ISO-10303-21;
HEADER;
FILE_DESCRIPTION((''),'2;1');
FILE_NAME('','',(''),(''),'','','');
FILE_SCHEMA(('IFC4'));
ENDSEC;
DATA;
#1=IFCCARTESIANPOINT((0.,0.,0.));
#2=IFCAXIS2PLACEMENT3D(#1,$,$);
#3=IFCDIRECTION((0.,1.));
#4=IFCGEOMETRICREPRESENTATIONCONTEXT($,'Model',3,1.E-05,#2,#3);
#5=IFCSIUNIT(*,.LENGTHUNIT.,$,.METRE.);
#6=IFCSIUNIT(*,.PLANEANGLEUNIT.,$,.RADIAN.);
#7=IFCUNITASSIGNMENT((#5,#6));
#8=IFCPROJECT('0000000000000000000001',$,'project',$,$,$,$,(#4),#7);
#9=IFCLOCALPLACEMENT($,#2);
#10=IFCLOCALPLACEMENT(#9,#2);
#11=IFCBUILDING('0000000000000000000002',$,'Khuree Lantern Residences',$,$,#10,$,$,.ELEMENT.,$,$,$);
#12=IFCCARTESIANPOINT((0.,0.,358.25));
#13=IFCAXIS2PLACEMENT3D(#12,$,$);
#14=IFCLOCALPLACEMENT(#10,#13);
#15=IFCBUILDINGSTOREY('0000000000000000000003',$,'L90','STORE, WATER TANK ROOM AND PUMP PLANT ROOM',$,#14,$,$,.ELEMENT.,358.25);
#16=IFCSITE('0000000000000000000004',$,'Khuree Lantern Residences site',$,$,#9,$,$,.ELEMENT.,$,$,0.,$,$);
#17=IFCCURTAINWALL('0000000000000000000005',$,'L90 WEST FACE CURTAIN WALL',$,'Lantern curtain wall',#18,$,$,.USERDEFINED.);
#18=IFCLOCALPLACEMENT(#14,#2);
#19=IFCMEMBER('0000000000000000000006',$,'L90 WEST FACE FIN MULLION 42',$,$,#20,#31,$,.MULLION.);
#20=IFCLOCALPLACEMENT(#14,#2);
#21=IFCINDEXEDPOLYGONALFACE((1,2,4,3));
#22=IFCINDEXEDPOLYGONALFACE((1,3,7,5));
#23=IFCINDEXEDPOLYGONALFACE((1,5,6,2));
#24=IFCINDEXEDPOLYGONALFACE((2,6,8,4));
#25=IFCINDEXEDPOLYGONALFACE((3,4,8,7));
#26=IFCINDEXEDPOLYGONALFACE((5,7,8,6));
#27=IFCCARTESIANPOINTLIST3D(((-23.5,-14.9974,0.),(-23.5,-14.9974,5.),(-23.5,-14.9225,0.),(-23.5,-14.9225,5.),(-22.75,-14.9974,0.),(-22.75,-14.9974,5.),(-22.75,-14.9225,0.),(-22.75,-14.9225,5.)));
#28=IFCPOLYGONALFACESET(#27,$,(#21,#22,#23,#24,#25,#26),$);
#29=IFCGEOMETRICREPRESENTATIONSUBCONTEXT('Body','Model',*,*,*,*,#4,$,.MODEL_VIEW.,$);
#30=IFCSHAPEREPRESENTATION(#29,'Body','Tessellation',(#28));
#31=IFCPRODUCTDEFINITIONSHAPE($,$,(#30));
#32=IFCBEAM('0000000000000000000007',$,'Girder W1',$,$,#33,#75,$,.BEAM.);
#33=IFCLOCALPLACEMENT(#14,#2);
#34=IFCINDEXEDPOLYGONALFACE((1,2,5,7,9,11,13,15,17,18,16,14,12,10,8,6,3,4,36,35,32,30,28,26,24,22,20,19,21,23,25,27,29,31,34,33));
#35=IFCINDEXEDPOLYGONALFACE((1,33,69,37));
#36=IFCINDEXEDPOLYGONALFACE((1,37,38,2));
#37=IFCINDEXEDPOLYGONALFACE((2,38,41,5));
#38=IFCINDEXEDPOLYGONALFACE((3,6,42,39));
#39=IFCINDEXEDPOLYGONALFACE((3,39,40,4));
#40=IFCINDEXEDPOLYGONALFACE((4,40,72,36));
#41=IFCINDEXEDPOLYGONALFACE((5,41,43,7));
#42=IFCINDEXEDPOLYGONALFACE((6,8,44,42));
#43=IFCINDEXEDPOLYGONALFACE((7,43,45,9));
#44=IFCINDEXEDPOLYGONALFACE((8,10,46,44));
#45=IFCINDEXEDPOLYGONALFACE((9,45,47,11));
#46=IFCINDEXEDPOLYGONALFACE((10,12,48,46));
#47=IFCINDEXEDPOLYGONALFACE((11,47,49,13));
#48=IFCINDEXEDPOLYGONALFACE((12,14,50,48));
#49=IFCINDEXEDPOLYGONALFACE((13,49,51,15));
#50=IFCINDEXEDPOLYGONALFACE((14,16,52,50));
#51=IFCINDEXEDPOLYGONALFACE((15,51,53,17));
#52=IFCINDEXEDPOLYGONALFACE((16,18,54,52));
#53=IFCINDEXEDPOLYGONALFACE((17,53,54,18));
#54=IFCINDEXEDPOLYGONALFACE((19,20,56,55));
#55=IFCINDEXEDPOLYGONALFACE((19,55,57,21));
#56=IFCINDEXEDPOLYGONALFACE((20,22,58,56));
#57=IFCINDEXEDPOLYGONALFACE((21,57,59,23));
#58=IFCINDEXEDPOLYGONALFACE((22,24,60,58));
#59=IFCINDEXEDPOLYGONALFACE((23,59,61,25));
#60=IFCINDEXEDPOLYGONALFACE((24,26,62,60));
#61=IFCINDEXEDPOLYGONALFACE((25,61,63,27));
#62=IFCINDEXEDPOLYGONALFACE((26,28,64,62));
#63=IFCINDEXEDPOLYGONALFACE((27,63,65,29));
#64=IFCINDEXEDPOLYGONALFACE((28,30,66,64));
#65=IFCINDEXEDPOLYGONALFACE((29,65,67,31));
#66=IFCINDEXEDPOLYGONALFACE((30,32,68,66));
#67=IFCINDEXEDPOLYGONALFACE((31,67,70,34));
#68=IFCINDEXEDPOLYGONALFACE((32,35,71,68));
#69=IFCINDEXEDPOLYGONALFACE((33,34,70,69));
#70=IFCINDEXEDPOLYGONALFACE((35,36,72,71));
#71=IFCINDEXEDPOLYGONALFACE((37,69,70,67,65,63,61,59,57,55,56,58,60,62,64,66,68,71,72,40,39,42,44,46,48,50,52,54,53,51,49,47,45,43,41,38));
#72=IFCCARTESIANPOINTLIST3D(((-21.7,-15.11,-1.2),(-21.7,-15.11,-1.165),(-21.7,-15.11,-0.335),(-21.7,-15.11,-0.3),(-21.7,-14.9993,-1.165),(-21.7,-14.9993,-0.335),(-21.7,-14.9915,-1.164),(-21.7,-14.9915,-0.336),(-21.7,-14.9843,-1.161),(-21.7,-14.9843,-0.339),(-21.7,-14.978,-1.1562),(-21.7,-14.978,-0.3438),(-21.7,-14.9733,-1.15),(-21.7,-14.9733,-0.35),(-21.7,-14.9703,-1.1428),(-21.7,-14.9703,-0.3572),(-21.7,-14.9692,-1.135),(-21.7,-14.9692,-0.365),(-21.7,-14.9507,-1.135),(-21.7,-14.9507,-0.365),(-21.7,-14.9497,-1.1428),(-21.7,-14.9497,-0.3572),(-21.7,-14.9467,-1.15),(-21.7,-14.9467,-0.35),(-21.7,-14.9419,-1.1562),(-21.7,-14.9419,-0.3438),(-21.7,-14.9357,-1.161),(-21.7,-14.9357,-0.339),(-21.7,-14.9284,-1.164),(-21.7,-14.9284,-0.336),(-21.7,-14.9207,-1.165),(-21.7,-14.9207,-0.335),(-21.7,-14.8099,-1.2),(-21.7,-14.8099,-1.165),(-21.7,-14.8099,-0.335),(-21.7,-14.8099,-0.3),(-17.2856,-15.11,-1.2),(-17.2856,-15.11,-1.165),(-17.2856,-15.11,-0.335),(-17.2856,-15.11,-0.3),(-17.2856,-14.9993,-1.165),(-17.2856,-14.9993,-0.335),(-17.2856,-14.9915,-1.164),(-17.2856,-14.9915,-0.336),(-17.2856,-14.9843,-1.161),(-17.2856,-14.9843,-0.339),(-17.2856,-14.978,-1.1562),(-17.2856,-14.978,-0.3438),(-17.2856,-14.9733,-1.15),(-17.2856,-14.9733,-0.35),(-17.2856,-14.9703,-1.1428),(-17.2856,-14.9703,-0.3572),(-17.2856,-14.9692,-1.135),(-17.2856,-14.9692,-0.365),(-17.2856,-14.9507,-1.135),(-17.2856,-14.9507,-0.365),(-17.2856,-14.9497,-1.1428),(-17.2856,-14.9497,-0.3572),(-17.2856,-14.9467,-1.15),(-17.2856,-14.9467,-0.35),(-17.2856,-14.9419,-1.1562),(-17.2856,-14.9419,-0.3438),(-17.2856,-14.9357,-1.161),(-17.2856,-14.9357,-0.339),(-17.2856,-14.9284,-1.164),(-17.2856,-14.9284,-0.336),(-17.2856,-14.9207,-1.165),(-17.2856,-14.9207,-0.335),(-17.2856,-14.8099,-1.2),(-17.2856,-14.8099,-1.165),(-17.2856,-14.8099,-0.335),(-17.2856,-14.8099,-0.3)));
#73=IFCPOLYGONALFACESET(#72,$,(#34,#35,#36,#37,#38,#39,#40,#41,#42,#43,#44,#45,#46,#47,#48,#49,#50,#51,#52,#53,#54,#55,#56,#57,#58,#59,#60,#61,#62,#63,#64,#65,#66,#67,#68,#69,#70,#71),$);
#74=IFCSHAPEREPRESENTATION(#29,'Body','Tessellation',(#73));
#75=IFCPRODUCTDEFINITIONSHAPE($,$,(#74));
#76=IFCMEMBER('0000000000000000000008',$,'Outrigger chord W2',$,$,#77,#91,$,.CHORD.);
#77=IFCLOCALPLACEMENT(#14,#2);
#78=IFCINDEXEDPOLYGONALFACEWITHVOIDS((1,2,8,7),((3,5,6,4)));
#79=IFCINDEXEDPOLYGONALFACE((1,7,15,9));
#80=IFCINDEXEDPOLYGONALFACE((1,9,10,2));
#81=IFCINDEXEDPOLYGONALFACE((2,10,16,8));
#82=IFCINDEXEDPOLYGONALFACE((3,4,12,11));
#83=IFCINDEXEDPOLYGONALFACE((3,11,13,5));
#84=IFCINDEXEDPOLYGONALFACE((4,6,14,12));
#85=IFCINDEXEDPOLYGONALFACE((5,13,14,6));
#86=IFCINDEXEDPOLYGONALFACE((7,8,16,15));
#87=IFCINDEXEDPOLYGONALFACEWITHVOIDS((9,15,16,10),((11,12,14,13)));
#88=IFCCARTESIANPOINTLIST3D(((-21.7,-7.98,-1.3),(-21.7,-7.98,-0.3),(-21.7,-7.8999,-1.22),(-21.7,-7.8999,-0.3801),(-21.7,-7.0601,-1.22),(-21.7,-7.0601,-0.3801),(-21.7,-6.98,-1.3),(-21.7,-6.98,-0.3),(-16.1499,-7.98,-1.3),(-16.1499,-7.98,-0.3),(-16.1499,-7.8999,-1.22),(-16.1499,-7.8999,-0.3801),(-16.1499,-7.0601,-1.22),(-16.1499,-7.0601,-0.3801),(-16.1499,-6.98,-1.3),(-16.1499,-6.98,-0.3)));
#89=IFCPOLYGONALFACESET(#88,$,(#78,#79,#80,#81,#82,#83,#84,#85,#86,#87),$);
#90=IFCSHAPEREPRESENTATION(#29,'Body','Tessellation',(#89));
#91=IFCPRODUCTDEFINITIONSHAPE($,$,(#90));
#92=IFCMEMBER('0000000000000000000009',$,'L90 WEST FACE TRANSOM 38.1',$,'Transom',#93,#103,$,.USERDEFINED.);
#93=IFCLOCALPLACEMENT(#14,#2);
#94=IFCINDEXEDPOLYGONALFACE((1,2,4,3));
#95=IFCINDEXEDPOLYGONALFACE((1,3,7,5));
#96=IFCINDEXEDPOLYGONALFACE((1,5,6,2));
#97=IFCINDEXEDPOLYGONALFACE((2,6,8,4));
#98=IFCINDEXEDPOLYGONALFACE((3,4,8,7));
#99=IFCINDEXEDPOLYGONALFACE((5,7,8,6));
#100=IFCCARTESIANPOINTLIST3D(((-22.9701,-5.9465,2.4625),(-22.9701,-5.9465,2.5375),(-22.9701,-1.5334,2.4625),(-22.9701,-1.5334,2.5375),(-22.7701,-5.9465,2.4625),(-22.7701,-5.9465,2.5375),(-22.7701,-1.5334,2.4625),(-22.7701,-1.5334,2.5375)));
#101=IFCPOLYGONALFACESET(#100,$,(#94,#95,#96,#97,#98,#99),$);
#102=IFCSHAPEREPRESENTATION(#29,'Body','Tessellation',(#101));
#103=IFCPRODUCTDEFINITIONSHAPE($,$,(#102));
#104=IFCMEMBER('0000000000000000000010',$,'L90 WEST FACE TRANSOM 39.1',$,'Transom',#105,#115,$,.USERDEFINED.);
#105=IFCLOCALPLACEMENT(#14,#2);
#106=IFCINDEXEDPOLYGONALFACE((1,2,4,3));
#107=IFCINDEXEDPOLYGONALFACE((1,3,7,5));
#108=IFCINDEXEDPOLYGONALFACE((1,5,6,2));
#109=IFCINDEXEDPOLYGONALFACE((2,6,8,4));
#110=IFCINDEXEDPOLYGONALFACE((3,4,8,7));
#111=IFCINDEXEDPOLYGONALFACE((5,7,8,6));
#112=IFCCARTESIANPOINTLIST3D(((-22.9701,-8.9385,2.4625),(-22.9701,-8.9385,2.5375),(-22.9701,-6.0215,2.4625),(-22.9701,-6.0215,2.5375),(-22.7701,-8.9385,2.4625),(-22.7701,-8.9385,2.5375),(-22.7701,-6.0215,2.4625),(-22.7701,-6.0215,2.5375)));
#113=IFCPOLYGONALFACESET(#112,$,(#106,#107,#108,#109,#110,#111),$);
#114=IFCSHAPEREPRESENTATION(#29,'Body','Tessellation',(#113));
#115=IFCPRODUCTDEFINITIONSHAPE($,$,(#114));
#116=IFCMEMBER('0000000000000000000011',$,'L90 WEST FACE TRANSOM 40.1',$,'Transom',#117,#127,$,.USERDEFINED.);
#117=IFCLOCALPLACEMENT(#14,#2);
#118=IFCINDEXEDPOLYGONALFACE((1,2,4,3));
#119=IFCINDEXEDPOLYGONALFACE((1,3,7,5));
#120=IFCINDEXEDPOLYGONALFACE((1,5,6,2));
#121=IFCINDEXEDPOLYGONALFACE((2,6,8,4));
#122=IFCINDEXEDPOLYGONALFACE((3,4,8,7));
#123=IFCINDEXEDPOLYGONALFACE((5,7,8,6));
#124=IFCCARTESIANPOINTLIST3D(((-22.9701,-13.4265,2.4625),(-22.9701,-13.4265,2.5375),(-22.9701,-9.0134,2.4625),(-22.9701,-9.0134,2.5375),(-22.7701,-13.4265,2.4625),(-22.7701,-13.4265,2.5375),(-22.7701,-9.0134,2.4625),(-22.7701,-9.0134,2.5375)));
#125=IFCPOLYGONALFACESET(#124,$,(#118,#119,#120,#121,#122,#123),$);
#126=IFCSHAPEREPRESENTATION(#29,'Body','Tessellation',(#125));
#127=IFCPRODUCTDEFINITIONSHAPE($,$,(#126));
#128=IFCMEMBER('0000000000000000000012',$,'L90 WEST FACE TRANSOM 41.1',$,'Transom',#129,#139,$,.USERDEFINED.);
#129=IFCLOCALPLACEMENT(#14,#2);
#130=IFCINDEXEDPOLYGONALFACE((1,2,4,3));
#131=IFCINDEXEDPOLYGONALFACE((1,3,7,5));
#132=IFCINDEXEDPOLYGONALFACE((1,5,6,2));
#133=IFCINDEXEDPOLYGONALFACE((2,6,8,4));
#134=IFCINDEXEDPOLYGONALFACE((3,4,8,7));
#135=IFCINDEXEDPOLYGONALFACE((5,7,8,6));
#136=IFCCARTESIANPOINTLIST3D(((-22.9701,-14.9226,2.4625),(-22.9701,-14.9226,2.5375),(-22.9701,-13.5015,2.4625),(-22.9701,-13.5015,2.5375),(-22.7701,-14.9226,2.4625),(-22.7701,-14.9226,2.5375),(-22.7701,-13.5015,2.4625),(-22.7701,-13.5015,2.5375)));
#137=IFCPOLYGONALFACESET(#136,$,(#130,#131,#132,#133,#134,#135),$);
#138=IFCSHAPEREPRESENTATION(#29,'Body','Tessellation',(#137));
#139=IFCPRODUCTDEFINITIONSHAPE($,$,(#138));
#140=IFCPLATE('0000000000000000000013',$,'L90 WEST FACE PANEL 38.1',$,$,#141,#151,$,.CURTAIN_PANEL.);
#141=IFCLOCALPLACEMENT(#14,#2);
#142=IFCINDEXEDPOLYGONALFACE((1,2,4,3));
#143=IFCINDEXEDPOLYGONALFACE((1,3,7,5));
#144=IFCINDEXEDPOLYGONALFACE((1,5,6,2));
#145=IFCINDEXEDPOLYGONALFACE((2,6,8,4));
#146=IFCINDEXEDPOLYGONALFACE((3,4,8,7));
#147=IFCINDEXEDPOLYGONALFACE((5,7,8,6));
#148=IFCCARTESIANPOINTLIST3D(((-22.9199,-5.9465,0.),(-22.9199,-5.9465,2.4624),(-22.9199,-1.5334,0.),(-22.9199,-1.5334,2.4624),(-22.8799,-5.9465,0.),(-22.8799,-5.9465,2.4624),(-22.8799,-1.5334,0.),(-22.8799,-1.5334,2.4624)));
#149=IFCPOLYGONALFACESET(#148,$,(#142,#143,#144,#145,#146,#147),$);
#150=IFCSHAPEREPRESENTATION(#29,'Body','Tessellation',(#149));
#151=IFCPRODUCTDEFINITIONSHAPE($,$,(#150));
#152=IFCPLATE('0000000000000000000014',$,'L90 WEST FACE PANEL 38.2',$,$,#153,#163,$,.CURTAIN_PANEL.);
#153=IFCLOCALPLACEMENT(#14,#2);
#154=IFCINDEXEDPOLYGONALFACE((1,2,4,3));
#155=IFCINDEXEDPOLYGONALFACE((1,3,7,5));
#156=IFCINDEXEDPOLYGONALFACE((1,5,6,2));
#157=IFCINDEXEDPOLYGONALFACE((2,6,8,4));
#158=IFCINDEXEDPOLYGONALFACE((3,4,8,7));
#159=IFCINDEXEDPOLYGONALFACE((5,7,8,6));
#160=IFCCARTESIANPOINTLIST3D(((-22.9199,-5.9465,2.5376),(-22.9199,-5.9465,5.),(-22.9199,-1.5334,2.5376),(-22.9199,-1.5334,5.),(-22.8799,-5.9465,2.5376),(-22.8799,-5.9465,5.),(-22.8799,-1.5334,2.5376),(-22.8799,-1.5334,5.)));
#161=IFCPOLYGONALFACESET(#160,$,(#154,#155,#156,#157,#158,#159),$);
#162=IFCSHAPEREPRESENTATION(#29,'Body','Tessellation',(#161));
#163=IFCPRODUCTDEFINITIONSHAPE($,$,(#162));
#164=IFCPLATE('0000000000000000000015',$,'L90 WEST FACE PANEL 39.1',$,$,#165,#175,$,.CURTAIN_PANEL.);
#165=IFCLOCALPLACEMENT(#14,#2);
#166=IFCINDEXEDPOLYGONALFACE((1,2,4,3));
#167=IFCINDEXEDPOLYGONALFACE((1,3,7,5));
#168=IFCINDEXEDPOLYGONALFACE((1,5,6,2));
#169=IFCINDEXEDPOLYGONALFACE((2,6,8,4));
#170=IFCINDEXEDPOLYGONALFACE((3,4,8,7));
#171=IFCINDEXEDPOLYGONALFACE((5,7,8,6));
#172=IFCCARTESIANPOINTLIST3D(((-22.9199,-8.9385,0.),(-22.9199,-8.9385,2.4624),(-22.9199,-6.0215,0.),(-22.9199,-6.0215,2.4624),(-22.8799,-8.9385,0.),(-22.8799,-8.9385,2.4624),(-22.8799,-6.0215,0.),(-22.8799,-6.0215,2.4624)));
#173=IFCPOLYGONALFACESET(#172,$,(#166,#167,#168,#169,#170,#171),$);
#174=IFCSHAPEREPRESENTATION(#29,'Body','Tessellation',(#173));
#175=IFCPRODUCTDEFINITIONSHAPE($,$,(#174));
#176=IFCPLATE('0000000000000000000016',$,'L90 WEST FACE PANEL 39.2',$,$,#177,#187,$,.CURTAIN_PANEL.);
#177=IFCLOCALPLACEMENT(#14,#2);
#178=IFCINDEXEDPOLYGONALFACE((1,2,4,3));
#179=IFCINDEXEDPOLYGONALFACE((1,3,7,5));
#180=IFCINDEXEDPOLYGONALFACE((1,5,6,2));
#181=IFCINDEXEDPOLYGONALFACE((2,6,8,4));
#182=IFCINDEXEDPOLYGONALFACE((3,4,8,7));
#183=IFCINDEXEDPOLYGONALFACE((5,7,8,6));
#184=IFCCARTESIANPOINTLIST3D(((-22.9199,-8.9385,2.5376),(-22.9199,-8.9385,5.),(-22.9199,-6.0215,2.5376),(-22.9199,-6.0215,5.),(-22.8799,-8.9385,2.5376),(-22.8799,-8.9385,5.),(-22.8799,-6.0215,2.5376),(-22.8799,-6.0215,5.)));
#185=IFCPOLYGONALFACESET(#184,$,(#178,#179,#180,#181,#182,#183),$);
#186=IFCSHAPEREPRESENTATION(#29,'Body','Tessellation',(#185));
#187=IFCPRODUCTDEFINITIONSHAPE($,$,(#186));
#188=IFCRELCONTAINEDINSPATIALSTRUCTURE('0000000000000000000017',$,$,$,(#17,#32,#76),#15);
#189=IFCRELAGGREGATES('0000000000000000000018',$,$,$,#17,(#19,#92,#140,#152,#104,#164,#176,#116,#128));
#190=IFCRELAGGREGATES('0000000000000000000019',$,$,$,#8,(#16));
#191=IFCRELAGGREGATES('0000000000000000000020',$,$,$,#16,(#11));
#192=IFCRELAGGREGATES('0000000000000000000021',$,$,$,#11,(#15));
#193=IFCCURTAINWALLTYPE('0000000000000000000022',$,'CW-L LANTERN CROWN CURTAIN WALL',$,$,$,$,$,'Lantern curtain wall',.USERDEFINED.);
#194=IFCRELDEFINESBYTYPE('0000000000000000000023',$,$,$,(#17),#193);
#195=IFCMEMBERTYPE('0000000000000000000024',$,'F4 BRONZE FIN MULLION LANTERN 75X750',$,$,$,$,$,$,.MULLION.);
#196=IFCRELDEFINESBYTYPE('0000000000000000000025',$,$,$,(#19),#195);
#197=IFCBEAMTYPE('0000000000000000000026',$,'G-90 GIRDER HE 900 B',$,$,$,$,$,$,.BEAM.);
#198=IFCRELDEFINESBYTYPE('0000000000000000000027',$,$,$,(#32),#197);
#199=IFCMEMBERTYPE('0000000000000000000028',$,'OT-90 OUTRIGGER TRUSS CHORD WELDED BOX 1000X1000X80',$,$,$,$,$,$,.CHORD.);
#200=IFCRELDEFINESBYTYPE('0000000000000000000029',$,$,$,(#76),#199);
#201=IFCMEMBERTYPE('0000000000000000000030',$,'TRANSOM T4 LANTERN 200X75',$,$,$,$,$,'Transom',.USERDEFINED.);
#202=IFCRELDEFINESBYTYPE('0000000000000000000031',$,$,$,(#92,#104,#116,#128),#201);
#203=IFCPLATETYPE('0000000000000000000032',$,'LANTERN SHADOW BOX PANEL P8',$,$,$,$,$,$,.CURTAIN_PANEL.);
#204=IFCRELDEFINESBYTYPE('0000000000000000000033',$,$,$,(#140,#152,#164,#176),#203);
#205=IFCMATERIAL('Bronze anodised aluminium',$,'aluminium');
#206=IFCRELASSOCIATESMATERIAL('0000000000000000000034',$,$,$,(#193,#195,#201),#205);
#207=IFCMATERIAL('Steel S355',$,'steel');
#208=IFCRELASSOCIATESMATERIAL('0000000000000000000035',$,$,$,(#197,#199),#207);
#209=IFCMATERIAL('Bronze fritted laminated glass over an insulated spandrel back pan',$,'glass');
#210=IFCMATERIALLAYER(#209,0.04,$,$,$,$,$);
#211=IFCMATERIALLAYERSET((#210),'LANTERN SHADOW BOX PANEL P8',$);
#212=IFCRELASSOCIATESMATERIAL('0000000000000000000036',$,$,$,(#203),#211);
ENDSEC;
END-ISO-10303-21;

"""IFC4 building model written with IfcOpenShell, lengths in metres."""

from ifc_helpers import new_model, si_unit, direction, frame, origin, origin_2d, place, context, subcontext, project, spatial, rectangle, hollow_rectangle, i_section, extrude, material, layer, layer_set, material_profile, profile_set, type_object, element, aggregate, save


model = new_model("IFC4")

# Units and contexts
model_context = context("Model", 3, precision=1e-05, world=origin(), true_north=direction((0.0, 1.0)))
body_context = subcontext(model_context, "Body", "Model", "MODEL_VIEW")
ifc_project = project(units=[si_unit("LENGTHUNIT", "METRE"), si_unit("PLANEANGLEUNIT", "RADIAN")], contexts=[model_context])

# Site, building, storey
site_placement = place(None, origin())
site = spatial("IfcSite", under=ifc_project, at=site_placement, Name="Khuree Lantern Residences site", CompositionType="ELEMENT", RefElevation=0.0)
building_placement = place(site_placement, origin())
building = spatial("IfcBuilding", under=site, at=building_placement, Name="Khuree Lantern Residences", CompositionType="ELEMENT")
storey_placement = place(building_placement, frame((0.0, 0.0, 358.25)))
storey = spatial("IfcBuildingStorey", under=building, at=storey_placement, Name="L90", Description="STORE, WATER TANK ROOM AND PUMP PLANT ROOM", CompositionType="ELEMENT", Elevation=358.25)

# Shared definitions
ifc_material_1 = material(Name="Steel S355", Category="steel")

# Curtain wall, member
ifc_material_2 = material(Name="Bronze anodised aluminium", Category="aluminium")
curtain_wall_type = type_object("IfcCurtainWallType", Name="CW-L LANTERN CROWN CURTAIN WALL", ElementType="Lantern curtain wall", PredefinedType="USERDEFINED", material=ifc_material_2)
curtain_wall_placement = place(storey_placement, origin())
curtain_wall = element("IfcCurtainWall", 1, at=curtain_wall_placement, inside=storey, type_object=curtain_wall_type, Name="L90 WEST FACE CURTAIN WALL", ObjectType="Lantern curtain wall", PredefinedType="USERDEFINED")
ifc_material_profile_1 = material_profile(ifc_material_2, rectangle(XDim=0.075, YDim=0.75, at=origin_2d()), Name="F4 75X750")
ifc_profile_set_1 = profile_set([ifc_material_profile_1], Name="Bronze anodised aluminium")
member_type_1 = type_object("IfcMemberType", Name="F4 BRONZE FIN MULLION LANTERN 75X750", PredefinedType="MULLION", material=ifc_profile_set_1)
member_1_placement = place(storey_placement, frame((-23.125, -14.96, 0.0), z_axis=(0.0, 0.0, 1.0), x_axis=(0.0, -1.0, 0.0)))
member_1 = element("IfcMember", 2, at=member_1_placement, type_object=member_type_1, Name="L90 WEST FACE FIN MULLION 42", PredefinedType="MULLION", context=body_context, shape_type="SweptSolid", body=[
    extrude(rectangle(XDim=0.075, YDim=0.75, at=origin_2d()), origin(), (0.0, 0.0, 1.0), 5.0),
])

# Beam
ifc_material_profile_2 = material_profile(ifc_material_1, i_section(OverallWidth=0.3, OverallDepth=0.8999, WebThickness=0.0186, FlangeThickness=0.0349, FilletRadius=0.03, at=origin_2d()), Name="HE 900 B")
ifc_profile_set_2 = profile_set([ifc_material_profile_2], Name="Steel S355")
beam_type_1 = type_object("IfcBeamType", Name="G-90 GIRDER HE 900 B", PredefinedType="BEAM", material=ifc_profile_set_2)
beam_placement = place(storey_placement, frame((-21.7, -14.96, -0.75), z_axis=(1.0, 0.0, 0.0), x_axis=(0.0, 1.0, 0.0)))
element("IfcBeam", 3, at=beam_placement, inside=storey, type_object=beam_type_1, Name="Girder W1", PredefinedType="BEAM", context=body_context, shape_type="SweptSolid", body=[
    extrude(i_section(OverallWidth=0.3, OverallDepth=0.8999, WebThickness=0.0186, FlangeThickness=0.0349, FilletRadius=0.03, at=origin_2d()), origin(), (0.0, 0.0, 1.0), 4.4143),
])

# Members
ifc_material_profile_3 = material_profile(ifc_material_1, hollow_rectangle(XDim=1.0, YDim=1.0, WallThickness=0.0801, at=origin_2d()), Name="WELDED BOX 1000X1000X80")
ifc_profile_set_3 = profile_set([ifc_material_profile_3], Name="Steel S355")
member_type_2 = type_object("IfcMemberType", Name="OT-90 OUTRIGGER TRUSS CHORD WELDED BOX 1000X1000X80", PredefinedType="CHORD", material=ifc_profile_set_3)
member_2_placement = place(storey_placement, frame((-21.7, -7.48, -0.8), z_axis=(1.0, 0.0, 0.0), x_axis=(0.0, 1.0, 0.0)))
element("IfcMember", 4, at=member_2_placement, inside=storey, type_object=member_type_2, Name="Outrigger chord W2", PredefinedType="CHORD", context=body_context, shape_type="SweptSolid", body=[
    extrude(hollow_rectangle(XDim=1.0, YDim=1.0, WallThickness=0.0801, at=origin_2d()), origin(), (0.0, 0.0, 1.0), 5.55),
])
ifc_material_profile_4 = material_profile(ifc_material_2, rectangle(XDim=0.2, YDim=0.075, at=origin_2d()), Name="T4 200X75")
ifc_profile_set_4 = profile_set([ifc_material_profile_4], Name="Bronze anodised aluminium")
member_type_3 = type_object("IfcMemberType", Name="TRANSOM T4 LANTERN 200X75", ElementType="Transom", PredefinedType="USERDEFINED", material=ifc_profile_set_4)
member_3_placement = place(storey_placement, frame((-22.8701, -1.5334, 2.5), z_axis=(0.0, -1.0, 0.0), x_axis=(1.0, 0.0, 0.0)))
member_3 = element("IfcMember", 5, at=member_3_placement, type_object=member_type_3, Name="L90 WEST FACE TRANSOM 38.1", ObjectType="Transom", PredefinedType="USERDEFINED", context=body_context, shape_type="SweptSolid", body=[
    extrude(rectangle(XDim=0.2, YDim=0.075, at=origin_2d()), origin(), (0.0, 0.0, 1.0), 4.4131),
])
member_4_placement = place(storey_placement, frame((-22.8701, -6.0215, 2.5), z_axis=(0.0, -1.0, 0.0), x_axis=(1.0, 0.0, 0.0)))
member_4 = element("IfcMember", 6, at=member_4_placement, type_object=member_type_3, Name="L90 WEST FACE TRANSOM 39.1", ObjectType="Transom", PredefinedType="USERDEFINED", context=body_context, shape_type="SweptSolid", body=[
    extrude(rectangle(XDim=0.2, YDim=0.075, at=origin_2d()), origin(), (0.0, 0.0, 1.0), 2.917),
])
member_5_placement = place(storey_placement, frame((-22.8701, -9.0134, 2.5), z_axis=(0.0, -1.0, 0.0), x_axis=(1.0, 0.0, 0.0)))
member_5 = element("IfcMember", 7, at=member_5_placement, type_object=member_type_3, Name="L90 WEST FACE TRANSOM 40.1", ObjectType="Transom", PredefinedType="USERDEFINED", context=body_context, shape_type="SweptSolid", body=[
    extrude(rectangle(XDim=0.2, YDim=0.075, at=origin_2d()), origin(), (0.0, 0.0, 1.0), 4.4131),
])
member_6_placement = place(storey_placement, frame((-22.8701, -13.5015, 2.5), z_axis=(0.0, -1.0, 0.0), x_axis=(1.0, 0.0, 0.0)))
member_6 = element("IfcMember", 8, at=member_6_placement, type_object=member_type_3, Name="L90 WEST FACE TRANSOM 41.1", ObjectType="Transom", PredefinedType="USERDEFINED", context=body_context, shape_type="SweptSolid", body=[
    extrude(rectangle(XDim=0.2, YDim=0.075, at=origin_2d()), origin(), (0.0, 0.0, 1.0), 1.4211),
])

# Plates
ifc_material_3 = material(Name="Bronze fritted laminated glass over an insulated spandrel back pan", Category="glass")
ifc_layer = layer(ifc_material_3, 0.04)
ifc_layer_set = layer_set([ifc_layer], Name="LANTERN SHADOW BOX PANEL P8")
plate_type = type_object("IfcPlateType", Name="LANTERN SHADOW BOX PANEL P8", PredefinedType="CURTAIN_PANEL", material=ifc_layer_set)
plate_1_placement = place(storey_placement, frame((-22.8999, -3.74, 0.0), z_axis=(0.0, 0.0, 1.0), x_axis=(0.0, -1.0, 0.0)))
plate_1 = element("IfcPlate", 9, at=plate_1_placement, type_object=plate_type, Name="L90 WEST FACE PANEL 38.1", PredefinedType="CURTAIN_PANEL", context=body_context, shape_type="SweptSolid", body=[
    extrude(rectangle(XDim=4.4131, YDim=0.04, at=origin_2d()), origin(), (0.0, 0.0, 1.0), 2.4624),
])
plate_2_placement = place(storey_placement, frame((-22.8999, -3.74, 2.5376), z_axis=(0.0, 0.0, 1.0), x_axis=(0.0, -1.0, 0.0)))
plate_2 = element("IfcPlate", 10, at=plate_2_placement, type_object=plate_type, Name="L90 WEST FACE PANEL 38.2", PredefinedType="CURTAIN_PANEL", context=body_context, shape_type="SweptSolid", body=[
    extrude(rectangle(XDim=4.4131, YDim=0.04, at=origin_2d()), origin(), (0.0, 0.0, 1.0), 2.4624),
])
plate_3_placement = place(storey_placement, frame((-22.8999, -7.48, 0.0), z_axis=(0.0, 0.0, 1.0), x_axis=(0.0, -1.0, 0.0)))
plate_3 = element("IfcPlate", 11, at=plate_3_placement, type_object=plate_type, Name="L90 WEST FACE PANEL 39.1", PredefinedType="CURTAIN_PANEL", context=body_context, shape_type="SweptSolid", body=[
    extrude(rectangle(XDim=2.917, YDim=0.04, at=origin_2d()), origin(), (0.0, 0.0, 1.0), 2.4624),
])
plate_4_placement = place(storey_placement, frame((-22.8999, -7.48, 2.5376), z_axis=(0.0, 0.0, 1.0), x_axis=(0.0, -1.0, 0.0)))
plate_4 = element("IfcPlate", 12, at=plate_4_placement, type_object=plate_type, Name="L90 WEST FACE PANEL 39.2", PredefinedType="CURTAIN_PANEL", context=body_context, shape_type="SweptSolid", body=[
    extrude(rectangle(XDim=2.917, YDim=0.04, at=origin_2d()), origin(), (0.0, 0.0, 1.0), 2.4624),
])
aggregate(curtain_wall, [member_1, member_3, plate_1, plate_2, member_4, plate_3, plate_4, member_5, member_6])

save(model, "model.ifc")
